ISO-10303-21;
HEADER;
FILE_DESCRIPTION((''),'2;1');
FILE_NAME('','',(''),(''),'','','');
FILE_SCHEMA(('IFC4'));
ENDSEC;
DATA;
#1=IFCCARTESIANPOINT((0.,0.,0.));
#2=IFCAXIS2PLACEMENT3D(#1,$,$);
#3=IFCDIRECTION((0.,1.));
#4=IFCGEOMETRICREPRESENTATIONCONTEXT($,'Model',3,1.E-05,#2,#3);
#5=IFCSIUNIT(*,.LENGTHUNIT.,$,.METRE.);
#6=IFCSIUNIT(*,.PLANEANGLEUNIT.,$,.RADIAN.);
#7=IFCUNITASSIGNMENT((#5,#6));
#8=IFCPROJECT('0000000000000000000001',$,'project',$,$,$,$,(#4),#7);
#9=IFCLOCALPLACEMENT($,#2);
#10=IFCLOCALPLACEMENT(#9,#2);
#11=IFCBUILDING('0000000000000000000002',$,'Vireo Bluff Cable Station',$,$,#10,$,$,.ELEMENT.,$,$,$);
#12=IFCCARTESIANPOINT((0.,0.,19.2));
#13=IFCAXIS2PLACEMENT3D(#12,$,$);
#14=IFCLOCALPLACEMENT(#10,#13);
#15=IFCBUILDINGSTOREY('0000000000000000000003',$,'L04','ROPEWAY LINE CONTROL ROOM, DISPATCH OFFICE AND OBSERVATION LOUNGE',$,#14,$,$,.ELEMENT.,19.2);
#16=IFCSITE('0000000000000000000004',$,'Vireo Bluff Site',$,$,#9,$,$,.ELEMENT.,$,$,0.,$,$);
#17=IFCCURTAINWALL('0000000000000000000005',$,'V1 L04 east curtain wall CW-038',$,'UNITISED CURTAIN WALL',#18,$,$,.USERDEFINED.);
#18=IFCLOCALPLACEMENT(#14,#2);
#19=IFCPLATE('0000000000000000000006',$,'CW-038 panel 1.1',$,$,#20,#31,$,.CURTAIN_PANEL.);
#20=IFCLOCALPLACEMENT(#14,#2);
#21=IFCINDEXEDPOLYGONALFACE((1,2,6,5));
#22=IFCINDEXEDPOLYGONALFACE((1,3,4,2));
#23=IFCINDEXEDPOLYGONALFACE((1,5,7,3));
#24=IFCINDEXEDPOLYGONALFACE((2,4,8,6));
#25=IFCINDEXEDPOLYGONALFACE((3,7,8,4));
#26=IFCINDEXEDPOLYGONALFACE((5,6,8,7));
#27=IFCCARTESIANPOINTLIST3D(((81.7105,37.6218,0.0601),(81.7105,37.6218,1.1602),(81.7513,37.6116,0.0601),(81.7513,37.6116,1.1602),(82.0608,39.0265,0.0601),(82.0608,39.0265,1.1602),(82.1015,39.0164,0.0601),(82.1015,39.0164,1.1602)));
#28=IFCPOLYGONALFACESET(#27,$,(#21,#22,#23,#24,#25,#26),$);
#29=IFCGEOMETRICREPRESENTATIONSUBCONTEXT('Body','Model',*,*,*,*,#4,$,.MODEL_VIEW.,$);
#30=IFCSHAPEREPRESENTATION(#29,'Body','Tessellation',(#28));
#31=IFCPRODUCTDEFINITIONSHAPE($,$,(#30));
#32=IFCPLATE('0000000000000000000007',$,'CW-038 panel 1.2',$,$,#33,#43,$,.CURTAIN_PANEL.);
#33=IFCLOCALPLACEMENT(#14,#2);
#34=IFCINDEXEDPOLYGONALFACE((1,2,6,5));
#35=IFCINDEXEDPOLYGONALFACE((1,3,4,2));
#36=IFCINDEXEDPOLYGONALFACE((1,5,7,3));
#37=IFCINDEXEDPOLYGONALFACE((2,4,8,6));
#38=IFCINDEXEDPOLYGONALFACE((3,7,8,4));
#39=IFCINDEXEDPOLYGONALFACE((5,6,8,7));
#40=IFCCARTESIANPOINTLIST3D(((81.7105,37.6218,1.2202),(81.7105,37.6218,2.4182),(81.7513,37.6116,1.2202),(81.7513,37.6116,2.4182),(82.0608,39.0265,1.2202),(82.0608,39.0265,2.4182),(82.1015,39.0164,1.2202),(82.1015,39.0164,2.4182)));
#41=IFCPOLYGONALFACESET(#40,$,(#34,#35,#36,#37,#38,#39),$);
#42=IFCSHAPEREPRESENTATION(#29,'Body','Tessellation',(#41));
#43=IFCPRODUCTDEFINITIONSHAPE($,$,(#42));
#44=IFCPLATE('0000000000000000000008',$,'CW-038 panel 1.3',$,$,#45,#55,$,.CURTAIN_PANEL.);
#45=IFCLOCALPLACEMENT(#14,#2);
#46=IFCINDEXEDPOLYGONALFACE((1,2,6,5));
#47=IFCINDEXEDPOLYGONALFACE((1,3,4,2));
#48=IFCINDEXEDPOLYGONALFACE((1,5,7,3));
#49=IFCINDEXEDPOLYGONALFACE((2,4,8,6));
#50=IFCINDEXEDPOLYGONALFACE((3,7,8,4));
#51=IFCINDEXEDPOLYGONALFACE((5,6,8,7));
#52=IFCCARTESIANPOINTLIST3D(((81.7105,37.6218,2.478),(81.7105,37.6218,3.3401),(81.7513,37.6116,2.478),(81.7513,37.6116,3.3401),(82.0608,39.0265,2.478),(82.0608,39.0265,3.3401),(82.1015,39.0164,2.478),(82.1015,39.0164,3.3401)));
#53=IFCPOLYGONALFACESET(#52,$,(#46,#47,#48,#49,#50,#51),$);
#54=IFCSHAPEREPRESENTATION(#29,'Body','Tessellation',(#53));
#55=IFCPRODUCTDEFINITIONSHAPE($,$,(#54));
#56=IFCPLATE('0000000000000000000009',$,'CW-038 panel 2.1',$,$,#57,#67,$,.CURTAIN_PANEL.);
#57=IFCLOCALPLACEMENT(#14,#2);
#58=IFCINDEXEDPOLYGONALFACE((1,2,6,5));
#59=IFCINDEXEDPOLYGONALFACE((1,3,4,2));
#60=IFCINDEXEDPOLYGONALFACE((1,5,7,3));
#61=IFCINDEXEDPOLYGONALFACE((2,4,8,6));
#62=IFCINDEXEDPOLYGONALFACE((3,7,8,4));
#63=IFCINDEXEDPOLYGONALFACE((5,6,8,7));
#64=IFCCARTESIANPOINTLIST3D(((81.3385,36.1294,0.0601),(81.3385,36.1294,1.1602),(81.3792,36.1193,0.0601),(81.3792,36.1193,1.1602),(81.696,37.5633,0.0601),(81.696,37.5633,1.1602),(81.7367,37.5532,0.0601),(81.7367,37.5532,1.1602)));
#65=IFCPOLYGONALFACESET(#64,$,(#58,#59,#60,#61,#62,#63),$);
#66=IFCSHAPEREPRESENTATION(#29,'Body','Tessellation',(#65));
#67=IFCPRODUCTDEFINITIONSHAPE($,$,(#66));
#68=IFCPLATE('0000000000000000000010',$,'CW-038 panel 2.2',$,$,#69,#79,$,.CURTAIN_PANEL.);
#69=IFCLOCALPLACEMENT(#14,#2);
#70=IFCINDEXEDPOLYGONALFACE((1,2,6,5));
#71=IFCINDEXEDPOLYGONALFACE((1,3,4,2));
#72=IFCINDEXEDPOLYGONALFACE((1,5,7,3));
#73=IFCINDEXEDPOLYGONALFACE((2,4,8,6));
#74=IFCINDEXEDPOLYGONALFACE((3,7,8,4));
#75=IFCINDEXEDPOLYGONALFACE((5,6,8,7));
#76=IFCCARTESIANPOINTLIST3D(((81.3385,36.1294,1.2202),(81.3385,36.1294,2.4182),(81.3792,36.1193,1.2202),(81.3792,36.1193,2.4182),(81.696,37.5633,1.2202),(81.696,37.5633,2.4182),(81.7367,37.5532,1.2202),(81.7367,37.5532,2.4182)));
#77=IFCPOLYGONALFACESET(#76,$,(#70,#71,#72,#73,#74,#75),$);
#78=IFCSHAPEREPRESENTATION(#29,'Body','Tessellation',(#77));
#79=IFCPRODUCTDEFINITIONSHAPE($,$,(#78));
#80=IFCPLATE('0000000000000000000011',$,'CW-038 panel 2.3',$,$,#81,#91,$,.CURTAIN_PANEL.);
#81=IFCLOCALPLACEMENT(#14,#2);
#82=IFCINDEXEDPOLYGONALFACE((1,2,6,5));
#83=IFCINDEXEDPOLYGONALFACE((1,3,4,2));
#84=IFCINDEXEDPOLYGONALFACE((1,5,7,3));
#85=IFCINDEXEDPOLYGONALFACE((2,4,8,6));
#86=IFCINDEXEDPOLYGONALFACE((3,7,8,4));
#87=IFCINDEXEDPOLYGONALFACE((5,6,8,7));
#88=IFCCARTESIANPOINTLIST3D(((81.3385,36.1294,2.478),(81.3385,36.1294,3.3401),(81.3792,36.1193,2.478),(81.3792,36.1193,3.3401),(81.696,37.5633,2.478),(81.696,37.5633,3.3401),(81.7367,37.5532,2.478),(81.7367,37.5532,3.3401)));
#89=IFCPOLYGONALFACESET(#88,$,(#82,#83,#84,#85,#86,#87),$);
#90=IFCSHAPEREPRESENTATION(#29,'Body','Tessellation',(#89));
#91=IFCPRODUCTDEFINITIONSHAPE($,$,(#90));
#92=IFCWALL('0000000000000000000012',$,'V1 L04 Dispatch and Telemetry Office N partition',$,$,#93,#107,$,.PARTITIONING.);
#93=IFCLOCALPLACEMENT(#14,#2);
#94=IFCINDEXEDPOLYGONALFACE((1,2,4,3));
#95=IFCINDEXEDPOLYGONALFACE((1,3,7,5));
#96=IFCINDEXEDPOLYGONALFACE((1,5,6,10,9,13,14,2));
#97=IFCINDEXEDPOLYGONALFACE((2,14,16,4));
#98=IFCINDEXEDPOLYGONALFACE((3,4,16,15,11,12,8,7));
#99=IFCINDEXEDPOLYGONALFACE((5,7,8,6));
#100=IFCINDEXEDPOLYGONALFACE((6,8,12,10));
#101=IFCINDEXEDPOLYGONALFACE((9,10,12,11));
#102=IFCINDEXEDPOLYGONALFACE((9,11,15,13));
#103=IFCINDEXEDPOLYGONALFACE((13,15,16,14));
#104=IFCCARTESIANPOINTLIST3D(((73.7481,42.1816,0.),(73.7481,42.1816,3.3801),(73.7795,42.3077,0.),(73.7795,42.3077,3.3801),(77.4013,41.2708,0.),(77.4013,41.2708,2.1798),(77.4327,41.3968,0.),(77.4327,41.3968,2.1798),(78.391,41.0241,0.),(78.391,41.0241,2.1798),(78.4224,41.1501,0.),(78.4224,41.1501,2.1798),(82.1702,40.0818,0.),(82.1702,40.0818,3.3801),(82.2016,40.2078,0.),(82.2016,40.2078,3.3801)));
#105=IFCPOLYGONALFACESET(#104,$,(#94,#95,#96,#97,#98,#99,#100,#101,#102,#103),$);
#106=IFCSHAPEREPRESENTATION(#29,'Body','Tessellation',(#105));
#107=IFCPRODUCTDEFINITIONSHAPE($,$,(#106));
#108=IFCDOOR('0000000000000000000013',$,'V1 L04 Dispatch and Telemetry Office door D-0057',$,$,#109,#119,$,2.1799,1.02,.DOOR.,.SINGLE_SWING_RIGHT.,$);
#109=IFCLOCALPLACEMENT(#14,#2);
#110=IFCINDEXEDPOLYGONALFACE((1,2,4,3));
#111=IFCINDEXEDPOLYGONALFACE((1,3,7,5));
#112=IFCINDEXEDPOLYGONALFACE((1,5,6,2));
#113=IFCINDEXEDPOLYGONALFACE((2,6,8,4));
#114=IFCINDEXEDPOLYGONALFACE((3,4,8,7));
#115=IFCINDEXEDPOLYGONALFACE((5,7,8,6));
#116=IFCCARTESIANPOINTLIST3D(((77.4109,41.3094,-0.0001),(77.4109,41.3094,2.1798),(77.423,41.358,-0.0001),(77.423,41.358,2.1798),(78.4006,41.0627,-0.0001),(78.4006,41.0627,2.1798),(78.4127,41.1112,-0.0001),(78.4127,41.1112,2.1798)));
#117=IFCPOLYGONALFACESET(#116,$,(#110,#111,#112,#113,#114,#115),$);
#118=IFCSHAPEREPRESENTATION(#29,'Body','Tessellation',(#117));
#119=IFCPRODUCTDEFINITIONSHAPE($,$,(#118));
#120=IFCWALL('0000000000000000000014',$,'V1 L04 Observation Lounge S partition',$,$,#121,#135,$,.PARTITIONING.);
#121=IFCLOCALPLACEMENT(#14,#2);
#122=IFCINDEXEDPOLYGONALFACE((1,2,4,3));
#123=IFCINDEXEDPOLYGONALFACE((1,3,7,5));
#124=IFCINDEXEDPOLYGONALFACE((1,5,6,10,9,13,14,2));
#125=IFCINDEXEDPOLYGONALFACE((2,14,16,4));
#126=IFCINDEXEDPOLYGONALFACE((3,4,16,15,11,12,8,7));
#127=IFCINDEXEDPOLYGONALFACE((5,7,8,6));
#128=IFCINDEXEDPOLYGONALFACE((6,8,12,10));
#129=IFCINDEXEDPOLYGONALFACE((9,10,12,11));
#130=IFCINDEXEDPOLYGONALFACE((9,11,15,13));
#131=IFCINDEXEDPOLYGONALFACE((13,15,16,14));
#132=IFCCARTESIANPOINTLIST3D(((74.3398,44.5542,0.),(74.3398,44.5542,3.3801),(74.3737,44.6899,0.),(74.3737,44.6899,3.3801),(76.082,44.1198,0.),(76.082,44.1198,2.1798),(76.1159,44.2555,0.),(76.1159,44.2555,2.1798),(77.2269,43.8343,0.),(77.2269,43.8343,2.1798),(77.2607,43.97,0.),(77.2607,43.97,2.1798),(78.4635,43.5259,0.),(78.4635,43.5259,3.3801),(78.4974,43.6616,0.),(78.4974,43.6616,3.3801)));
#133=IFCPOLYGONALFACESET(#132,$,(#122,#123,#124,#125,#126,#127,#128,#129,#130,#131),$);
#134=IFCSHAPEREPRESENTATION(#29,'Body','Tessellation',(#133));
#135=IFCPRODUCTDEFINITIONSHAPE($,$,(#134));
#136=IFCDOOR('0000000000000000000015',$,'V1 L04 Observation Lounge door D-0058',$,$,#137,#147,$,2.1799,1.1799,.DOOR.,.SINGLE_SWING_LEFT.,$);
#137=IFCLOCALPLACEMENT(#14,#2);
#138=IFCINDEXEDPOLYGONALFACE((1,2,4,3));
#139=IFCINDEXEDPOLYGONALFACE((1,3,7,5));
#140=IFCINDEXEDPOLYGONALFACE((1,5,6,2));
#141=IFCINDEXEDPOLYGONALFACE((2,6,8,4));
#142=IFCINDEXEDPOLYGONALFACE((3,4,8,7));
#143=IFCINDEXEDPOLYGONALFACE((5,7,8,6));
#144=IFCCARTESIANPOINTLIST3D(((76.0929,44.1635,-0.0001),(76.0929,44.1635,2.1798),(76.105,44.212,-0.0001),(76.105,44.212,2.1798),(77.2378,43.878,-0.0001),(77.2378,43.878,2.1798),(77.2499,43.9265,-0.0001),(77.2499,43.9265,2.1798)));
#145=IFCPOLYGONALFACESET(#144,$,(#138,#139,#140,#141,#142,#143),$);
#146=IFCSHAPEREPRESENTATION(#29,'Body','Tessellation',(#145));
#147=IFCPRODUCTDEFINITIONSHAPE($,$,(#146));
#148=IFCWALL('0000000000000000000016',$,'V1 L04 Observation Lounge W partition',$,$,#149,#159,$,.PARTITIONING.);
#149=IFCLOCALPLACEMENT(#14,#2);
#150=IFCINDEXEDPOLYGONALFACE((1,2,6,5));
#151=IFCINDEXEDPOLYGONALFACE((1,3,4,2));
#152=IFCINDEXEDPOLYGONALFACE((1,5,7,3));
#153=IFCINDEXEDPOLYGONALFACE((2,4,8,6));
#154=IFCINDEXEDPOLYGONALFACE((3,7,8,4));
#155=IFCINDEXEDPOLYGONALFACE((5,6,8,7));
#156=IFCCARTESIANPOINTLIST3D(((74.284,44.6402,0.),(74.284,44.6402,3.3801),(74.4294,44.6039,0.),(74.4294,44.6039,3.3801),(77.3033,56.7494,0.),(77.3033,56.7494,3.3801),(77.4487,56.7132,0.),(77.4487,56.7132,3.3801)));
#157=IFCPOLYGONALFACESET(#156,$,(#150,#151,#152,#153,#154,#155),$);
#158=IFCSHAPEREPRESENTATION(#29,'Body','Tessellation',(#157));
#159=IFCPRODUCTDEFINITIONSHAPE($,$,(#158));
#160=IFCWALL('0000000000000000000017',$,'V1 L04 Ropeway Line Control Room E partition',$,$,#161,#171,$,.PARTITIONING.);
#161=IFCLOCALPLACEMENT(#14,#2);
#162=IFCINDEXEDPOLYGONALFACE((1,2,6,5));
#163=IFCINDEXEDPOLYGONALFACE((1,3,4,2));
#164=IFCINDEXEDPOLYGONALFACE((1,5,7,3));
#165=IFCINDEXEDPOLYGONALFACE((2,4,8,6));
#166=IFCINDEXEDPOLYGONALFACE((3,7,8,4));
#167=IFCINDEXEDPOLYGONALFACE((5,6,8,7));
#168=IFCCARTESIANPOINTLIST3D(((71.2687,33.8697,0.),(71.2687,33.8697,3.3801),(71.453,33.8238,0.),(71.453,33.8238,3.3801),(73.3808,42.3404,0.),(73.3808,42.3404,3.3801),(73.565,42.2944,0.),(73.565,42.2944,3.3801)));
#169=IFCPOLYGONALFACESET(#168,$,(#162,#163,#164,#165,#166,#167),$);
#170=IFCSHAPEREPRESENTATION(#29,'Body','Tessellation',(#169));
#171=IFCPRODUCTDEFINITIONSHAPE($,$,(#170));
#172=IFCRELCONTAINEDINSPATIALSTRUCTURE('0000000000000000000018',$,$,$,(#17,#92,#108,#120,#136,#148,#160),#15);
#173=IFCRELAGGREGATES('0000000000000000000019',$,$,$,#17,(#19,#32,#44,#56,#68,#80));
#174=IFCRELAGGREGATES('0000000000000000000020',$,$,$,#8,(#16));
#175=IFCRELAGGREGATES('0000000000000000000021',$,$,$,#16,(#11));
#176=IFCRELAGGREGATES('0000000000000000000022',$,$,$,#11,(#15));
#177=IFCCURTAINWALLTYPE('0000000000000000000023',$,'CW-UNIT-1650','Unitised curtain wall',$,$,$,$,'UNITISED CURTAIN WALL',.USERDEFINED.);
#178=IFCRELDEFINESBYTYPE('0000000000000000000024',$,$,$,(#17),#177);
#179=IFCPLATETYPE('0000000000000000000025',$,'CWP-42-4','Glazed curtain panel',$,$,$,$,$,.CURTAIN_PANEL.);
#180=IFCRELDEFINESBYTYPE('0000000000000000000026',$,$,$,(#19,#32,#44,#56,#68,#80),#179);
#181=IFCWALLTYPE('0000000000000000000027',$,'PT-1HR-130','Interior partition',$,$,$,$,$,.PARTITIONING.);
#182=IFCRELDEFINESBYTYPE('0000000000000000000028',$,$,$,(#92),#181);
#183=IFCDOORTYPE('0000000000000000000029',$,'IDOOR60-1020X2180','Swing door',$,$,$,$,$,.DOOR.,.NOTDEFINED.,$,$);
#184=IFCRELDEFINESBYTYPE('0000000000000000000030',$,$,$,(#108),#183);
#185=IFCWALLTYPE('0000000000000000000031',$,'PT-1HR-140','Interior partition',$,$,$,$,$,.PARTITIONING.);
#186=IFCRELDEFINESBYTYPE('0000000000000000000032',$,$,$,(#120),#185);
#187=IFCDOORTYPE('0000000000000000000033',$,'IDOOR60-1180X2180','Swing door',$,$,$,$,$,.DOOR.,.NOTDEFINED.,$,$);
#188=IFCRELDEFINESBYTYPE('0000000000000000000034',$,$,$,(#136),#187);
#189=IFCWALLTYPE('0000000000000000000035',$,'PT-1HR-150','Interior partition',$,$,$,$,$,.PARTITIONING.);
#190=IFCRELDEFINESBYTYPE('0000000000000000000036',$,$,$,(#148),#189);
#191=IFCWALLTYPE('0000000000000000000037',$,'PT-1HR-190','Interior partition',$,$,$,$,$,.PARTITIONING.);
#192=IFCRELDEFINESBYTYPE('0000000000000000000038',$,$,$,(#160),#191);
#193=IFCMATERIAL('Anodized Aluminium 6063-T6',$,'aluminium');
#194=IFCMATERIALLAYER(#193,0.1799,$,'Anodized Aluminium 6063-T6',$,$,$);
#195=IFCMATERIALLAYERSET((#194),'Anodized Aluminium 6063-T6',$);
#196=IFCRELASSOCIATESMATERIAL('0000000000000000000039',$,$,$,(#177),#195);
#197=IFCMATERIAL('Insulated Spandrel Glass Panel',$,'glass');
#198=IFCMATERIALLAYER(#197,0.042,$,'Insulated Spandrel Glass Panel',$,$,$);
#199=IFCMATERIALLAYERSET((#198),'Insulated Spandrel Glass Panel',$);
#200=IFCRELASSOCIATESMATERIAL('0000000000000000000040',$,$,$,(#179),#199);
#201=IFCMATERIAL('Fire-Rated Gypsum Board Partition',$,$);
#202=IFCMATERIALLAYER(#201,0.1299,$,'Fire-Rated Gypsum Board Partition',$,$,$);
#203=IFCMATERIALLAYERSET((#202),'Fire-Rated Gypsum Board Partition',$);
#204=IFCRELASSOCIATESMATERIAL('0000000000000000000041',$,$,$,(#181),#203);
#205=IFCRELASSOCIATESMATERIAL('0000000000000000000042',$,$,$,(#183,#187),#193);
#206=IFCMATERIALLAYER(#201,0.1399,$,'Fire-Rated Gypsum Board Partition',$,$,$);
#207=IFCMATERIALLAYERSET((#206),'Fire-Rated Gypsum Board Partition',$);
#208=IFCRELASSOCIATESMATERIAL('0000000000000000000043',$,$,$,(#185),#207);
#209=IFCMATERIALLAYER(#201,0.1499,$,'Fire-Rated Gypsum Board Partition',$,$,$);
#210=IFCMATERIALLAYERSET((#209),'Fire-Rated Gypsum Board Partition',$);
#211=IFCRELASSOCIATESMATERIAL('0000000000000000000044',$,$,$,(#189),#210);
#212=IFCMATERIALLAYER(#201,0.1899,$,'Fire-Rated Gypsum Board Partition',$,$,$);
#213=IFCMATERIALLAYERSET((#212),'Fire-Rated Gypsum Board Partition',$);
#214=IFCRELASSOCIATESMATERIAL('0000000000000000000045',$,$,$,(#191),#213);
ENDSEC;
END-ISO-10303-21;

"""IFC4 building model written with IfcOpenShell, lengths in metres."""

from ifc_helpers import new_model, si_unit, direction, frame, frame_2d, origin, origin_with_axes, origin_2d, place, context, subcontext, project, spatial, rectangle, extrude, material, layer, layer_set, type_object, element, fill, aggregate, save


model = new_model("IFC4")

# Units and contexts
model_context = context("Model", 3, precision=1e-05, world=origin(), true_north=direction((0.0, 1.0)))
body_context = subcontext(model_context, "Body", "Model", "MODEL_VIEW")
ifc_project = project(units=[si_unit("LENGTHUNIT", "METRE"), si_unit("PLANEANGLEUNIT", "RADIAN")], contexts=[model_context])

# Site, building, storey
site_placement = place(None, origin())
site = spatial("IfcSite", under=ifc_project, at=site_placement, Name="Vireo Bluff Site", CompositionType="ELEMENT", RefElevation=0.0)
building_placement = place(site_placement, origin())
building = spatial("IfcBuilding", under=site, at=building_placement, Name="Vireo Bluff Cable Station", CompositionType="ELEMENT")
storey_placement = place(building_placement, frame((0.0, 0.0, 19.2)))
storey = spatial("IfcBuildingStorey", under=building, at=storey_placement, Name="L04", Description="ROPEWAY LINE CONTROL ROOM, DISPATCH OFFICE AND OBSERVATION LOUNGE", CompositionType="ELEMENT", Elevation=19.2)

# Shared definitions
ifc_material_1 = material(Name="Anodized Aluminium 6063-T6", Category="aluminium")

# Curtain wall
ifc_layer_1 = layer(ifc_material_1, 0.1799, Name="Anodized Aluminium 6063-T6")
ifc_layer_set_1 = layer_set([ifc_layer_1], Name="Anodized Aluminium 6063-T6")
curtain_wall_type_1 = type_object("IfcCurtainWallType", Name="CW-UNIT-1650", Description="Unitised curtain wall", ElementType="UNITISED CURTAIN WALL", PredefinedType="USERDEFINED", material=ifc_layer_set_1)
curtain_wall_1_placement = place(storey_placement, origin())
curtain_wall_1 = element("IfcCurtainWall", 1, at=curtain_wall_1_placement, inside=storey, type_object=curtain_wall_type_1, Name="V1 L04 east curtain wall CW-038", ObjectType="UNITISED CURTAIN WALL", PredefinedType="USERDEFINED")

# Plates
ifc_material_2 = material(Name="Insulated Spandrel Glass Panel", Category="glass")
ifc_layer_2 = layer(ifc_material_2, 0.042, Name="Insulated Spandrel Glass Panel")
ifc_layer_set_2 = layer_set([ifc_layer_2], Name="Insulated Spandrel Glass Panel")
plate_type_1 = type_object("IfcPlateType", Name="CWP-42-4", Description="Glazed curtain panel", PredefinedType="CURTAIN_PANEL", material=ifc_layer_set_2)
plate_1_placement = place(storey_placement, frame((81.906, 38.3191, 0.0601), z_axis=(0.0, 0.0, 1.0), x_axis=(-0.241922, -0.970296, 0.0)))
plate_1 = element("IfcPlate", 2, at=plate_1_placement, type_object=plate_type_1, Name="CW-038 panel 1.1", PredefinedType="CURTAIN_PANEL", context=body_context, shape_type="SweptSolid", body=[
    extrude(rectangle(XDim=1.4478, YDim=0.042, at=origin_2d()), origin(), (0.0, 0.0, 1.0), 1.1001),
])
plate_2_placement = place(storey_placement, frame((81.906, 38.3191, 1.2202), z_axis=(0.0, 0.0, 1.0), x_axis=(-0.241922, -0.970296, 0.0)))
plate_2 = element("IfcPlate", 3, at=plate_2_placement, type_object=plate_type_1, Name="CW-038 panel 1.2", PredefinedType="CURTAIN_PANEL", context=body_context, shape_type="SweptSolid", body=[
    extrude(rectangle(XDim=1.4478, YDim=0.042, at=origin_2d()), origin(), (0.0, 0.0, 1.0), 1.198),
])
plate_3_placement = place(storey_placement, frame((81.906, 38.3191, 2.478), z_axis=(0.0, 0.0, 1.0), x_axis=(-0.241922, -0.970296, 0.0)))
plate_3 = element("IfcPlate", 4, at=plate_3_placement, type_object=plate_type_1, Name="CW-038 panel 1.3", PredefinedType="CURTAIN_PANEL", context=body_context, shape_type="SweptSolid", body=[
    extrude(rectangle(XDim=1.4478, YDim=0.042, at=origin_2d()), origin(), (0.0, 0.0, 1.0), 0.8621),
])
plate_4_placement = place(storey_placement, frame((81.5376, 36.8413, 0.0601), z_axis=(0.0, 0.0, 1.0), x_axis=(-0.241922, -0.970296, 0.0)))
plate_4 = element("IfcPlate", 5, at=plate_4_placement, type_object=plate_type_1, Name="CW-038 panel 2.1", PredefinedType="CURTAIN_PANEL", context=body_context, shape_type="SweptSolid", body=[
    extrude(rectangle(XDim=1.4778, YDim=0.042, at=origin_2d()), origin(), (0.0, 0.0, 1.0), 1.1001),
])
plate_5_placement = place(storey_placement, frame((81.5376, 36.8413, 1.2202), z_axis=(0.0, 0.0, 1.0), x_axis=(-0.241922, -0.970296, 0.0)))
plate_5 = element("IfcPlate", 6, at=plate_5_placement, type_object=plate_type_1, Name="CW-038 panel 2.2", PredefinedType="CURTAIN_PANEL", context=body_context, shape_type="SweptSolid", body=[
    extrude(rectangle(XDim=1.4778, YDim=0.042, at=origin_2d()), origin(), (0.0, 0.0, 1.0), 1.198),
])
plate_6_placement = place(storey_placement, frame((81.5376, 36.8413, 2.478), z_axis=(0.0, 0.0, 1.0), x_axis=(-0.241922, -0.970296, 0.0)))
plate_6 = element("IfcPlate", 7, at=plate_6_placement, type_object=plate_type_1, Name="CW-038 panel 2.3", PredefinedType="CURTAIN_PANEL", context=body_context, shape_type="SweptSolid", body=[
    extrude(rectangle(XDim=1.4778, YDim=0.042, at=origin_2d()), origin(), (0.0, 0.0, 1.0), 0.8621),
])
aggregate(curtain_wall_1, [plate_1, plate_2, plate_3, plate_4, plate_5, plate_6])

# Walls, openings, doors
ifc_material_3 = material(Name="Fire-Rated Gypsum Board Partition")
ifc_layer_3 = layer(ifc_material_3, 0.1299, Name="Fire-Rated Gypsum Board Partition")
ifc_layer_set_3 = layer_set([ifc_layer_3], Name="Fire-Rated Gypsum Board Partition")
wall_type_1 = type_object("IfcWallType", Name="PT-1HR-130", Description="Interior partition", PredefinedType="PARTITIONING", material=ifc_layer_set_3)
wall_1_placement = place(storey_placement, frame((73.7639, 42.2446, 0.0), z_axis=(0.0, 0.0, 1.0), x_axis=(0.970296, -0.24192, 0.0)))
wall_1 = element("IfcWall", 8, at=wall_1_placement, inside=storey, type_object=wall_type_1, Name="V1 L04 Dispatch and Telemetry Office N partition", PredefinedType="PARTITIONING", context=body_context, shape_type="SweptSolid", body=[
    extrude(rectangle(XDim=8.6799, YDim=0.1299, at=frame_2d((4.3398, 0.0))), origin(), (0.0, 0.0, 1.0), 3.3801),
])
opening_1_placement = place(wall_1_placement, frame((3.7649, 0.0, 0.0)))
opening_1 = element("IfcOpeningElement", 9, at=opening_1_placement, cuts=wall_1, PredefinedType="OPENING", context=body_context, shape_type="SweptSolid", body=[
    extrude(rectangle(XDim=1.02, YDim=2.1799, at=frame_2d((0.51, 1.0898))), frame((0.0, 0.075, 0.0), z_axis=(0.0, -1.0, 0.0), x_axis=(1.0, 0.0, 0.0)), (0.0, 0.0, 1.0), 0.1499),
])
door_type_1 = type_object("IfcDoorType", Name="IDOOR60-1020X2180", Description="Swing door", OperationType="NOTDEFINED", PredefinedType="DOOR", material=ifc_material_1)
door_1_placement = place(opening_1_placement, origin_with_axes())
door_1 = element("IfcDoor", 10, at=door_1_placement, inside=storey, type_object=door_type_1, Name="V1 L04 Dispatch and Telemetry Office door D-0057", OperationType="SINGLE_SWING_RIGHT", OverallHeight=2.1799, OverallWidth=1.02, PredefinedType="DOOR", context=body_context, shape_type="SweptSolid", body=[
    extrude(rectangle(XDim=1.02, YDim=2.1799, at=frame_2d((0.51, 1.0898))), frame((0.0, 0.0249, 0.0), z_axis=(0.0, -1.0, 0.0), x_axis=(1.0, 0.0, 0.0)), (0.0, 0.0, 1.0), 0.05),
])
fill(opening_1, door_1)
ifc_layer_4 = layer(ifc_material_3, 0.1399, Name="Fire-Rated Gypsum Board Partition")
ifc_layer_set_4 = layer_set([ifc_layer_4], Name="Fire-Rated Gypsum Board Partition")
wall_type_2 = type_object("IfcWallType", Name="PT-1HR-140", Description="Interior partition", PredefinedType="PARTITIONING", material=ifc_layer_set_4)
wall_2_placement = place(storey_placement, frame((78.4805, 43.5938, 0.0), z_axis=(0.0, 0.0, 1.0), x_axis=(-0.970288, 0.241954, 0.0)))
wall_2 = element("IfcWall", 11, at=wall_2_placement, inside=storey, type_object=wall_type_2, Name="V1 L04 Observation Lounge S partition", PredefinedType="PARTITIONING", context=body_context, shape_type="SweptSolid", body=[
    extrude(rectangle(XDim=4.25, YDim=0.1399, at=frame_2d((2.125, 0.0))), origin(), (0.0, 0.0, 1.0), 3.3801),
])
opening_2_placement = place(wall_2_placement, frame((1.2747, 0.0, 0.0)))
opening_2 = element("IfcOpeningElement", 12, at=opening_2_placement, cuts=wall_2, PredefinedType="OPENING", context=body_context, shape_type="SweptSolid", body=[
    extrude(rectangle(XDim=1.1799, YDim=2.1799, at=frame_2d((0.5898, 1.0898))), frame((0.0, 0.0801, 0.0), z_axis=(0.0, -1.0, 0.0), x_axis=(1.0, 0.0, 0.0)), (0.0, 0.0, 1.0), 0.1599),
])
door_type_2 = type_object("IfcDoorType", Name="IDOOR60-1180X2180", Description="Swing door", OperationType="NOTDEFINED", PredefinedType="DOOR", material=ifc_material_1)
door_2_placement = place(opening_2_placement, origin_with_axes())
door_2 = element("IfcDoor", 13, at=door_2_placement, inside=storey, type_object=door_type_2, Name="V1 L04 Observation Lounge door D-0058", OperationType="SINGLE_SWING_LEFT", OverallHeight=2.1799, OverallWidth=1.1799, PredefinedType="DOOR", context=body_context, shape_type="SweptSolid", body=[
    extrude(rectangle(XDim=1.1799, YDim=2.1799, at=frame_2d((0.5898, 1.0898))), frame((0.0, 0.0249, 0.0), z_axis=(0.0, -1.0, 0.0), x_axis=(1.0, 0.0, 0.0)), (0.0, 0.0, 1.0), 0.05),
])
fill(opening_2, door_2)

# Walls
ifc_layer_5 = layer(ifc_material_3, 0.1499, Name="Fire-Rated Gypsum Board Partition")
ifc_layer_set_5 = layer_set([ifc_layer_5], Name="Fire-Rated Gypsum Board Partition")
wall_type_3 = type_object("IfcWallType", Name="PT-1HR-150", Description="Interior partition", PredefinedType="PARTITIONING", material=ifc_layer_set_5)
wall_3_placement = place(storey_placement, frame((74.3567, 44.6221, 0.0), z_axis=(0.0, 0.0, 1.0), x_axis=(0.241933, 0.970293, 0.0)))
element("IfcWall", 14, at=wall_3_placement, inside=storey, type_object=wall_type_3, Name="V1 L04 Observation Lounge W partition", PredefinedType="PARTITIONING", context=body_context, shape_type="SweptSolid", body=[
    extrude(rectangle(XDim=12.48, YDim=0.1499, at=frame_2d((6.24, 0.0))), origin(), (0.0, 0.0, 1.0), 3.3801),
])
ifc_layer_6 = layer(ifc_material_3, 0.1899, Name="Fire-Rated Gypsum Board Partition")
ifc_layer_set_6 = layer_set([ifc_layer_6], Name="Fire-Rated Gypsum Board Partition")
wall_type_4 = type_object("IfcWallType", Name="PT-1HR-190", Description="Interior partition", PredefinedType="PARTITIONING", material=ifc_layer_set_6)
wall_4_placement = place(storey_placement, frame((73.4729, 42.3174, 0.0), z_axis=(0.0, 0.0, 1.0), x_axis=(-0.24193, -0.970294, 0.0)))
element("IfcWall", 15, at=wall_4_placement, inside=storey, type_object=wall_type_4, Name="V1 L04 Ropeway Line Control Room E partition", PredefinedType="PARTITIONING", context=body_context, shape_type="SweptSolid", body=[
    extrude(rectangle(XDim=8.73, YDim=0.1899, at=frame_2d((4.365, 0.0))), origin(), (0.0, 0.0, 1.0), 3.3801),
])

save(model, "model.ifc")
